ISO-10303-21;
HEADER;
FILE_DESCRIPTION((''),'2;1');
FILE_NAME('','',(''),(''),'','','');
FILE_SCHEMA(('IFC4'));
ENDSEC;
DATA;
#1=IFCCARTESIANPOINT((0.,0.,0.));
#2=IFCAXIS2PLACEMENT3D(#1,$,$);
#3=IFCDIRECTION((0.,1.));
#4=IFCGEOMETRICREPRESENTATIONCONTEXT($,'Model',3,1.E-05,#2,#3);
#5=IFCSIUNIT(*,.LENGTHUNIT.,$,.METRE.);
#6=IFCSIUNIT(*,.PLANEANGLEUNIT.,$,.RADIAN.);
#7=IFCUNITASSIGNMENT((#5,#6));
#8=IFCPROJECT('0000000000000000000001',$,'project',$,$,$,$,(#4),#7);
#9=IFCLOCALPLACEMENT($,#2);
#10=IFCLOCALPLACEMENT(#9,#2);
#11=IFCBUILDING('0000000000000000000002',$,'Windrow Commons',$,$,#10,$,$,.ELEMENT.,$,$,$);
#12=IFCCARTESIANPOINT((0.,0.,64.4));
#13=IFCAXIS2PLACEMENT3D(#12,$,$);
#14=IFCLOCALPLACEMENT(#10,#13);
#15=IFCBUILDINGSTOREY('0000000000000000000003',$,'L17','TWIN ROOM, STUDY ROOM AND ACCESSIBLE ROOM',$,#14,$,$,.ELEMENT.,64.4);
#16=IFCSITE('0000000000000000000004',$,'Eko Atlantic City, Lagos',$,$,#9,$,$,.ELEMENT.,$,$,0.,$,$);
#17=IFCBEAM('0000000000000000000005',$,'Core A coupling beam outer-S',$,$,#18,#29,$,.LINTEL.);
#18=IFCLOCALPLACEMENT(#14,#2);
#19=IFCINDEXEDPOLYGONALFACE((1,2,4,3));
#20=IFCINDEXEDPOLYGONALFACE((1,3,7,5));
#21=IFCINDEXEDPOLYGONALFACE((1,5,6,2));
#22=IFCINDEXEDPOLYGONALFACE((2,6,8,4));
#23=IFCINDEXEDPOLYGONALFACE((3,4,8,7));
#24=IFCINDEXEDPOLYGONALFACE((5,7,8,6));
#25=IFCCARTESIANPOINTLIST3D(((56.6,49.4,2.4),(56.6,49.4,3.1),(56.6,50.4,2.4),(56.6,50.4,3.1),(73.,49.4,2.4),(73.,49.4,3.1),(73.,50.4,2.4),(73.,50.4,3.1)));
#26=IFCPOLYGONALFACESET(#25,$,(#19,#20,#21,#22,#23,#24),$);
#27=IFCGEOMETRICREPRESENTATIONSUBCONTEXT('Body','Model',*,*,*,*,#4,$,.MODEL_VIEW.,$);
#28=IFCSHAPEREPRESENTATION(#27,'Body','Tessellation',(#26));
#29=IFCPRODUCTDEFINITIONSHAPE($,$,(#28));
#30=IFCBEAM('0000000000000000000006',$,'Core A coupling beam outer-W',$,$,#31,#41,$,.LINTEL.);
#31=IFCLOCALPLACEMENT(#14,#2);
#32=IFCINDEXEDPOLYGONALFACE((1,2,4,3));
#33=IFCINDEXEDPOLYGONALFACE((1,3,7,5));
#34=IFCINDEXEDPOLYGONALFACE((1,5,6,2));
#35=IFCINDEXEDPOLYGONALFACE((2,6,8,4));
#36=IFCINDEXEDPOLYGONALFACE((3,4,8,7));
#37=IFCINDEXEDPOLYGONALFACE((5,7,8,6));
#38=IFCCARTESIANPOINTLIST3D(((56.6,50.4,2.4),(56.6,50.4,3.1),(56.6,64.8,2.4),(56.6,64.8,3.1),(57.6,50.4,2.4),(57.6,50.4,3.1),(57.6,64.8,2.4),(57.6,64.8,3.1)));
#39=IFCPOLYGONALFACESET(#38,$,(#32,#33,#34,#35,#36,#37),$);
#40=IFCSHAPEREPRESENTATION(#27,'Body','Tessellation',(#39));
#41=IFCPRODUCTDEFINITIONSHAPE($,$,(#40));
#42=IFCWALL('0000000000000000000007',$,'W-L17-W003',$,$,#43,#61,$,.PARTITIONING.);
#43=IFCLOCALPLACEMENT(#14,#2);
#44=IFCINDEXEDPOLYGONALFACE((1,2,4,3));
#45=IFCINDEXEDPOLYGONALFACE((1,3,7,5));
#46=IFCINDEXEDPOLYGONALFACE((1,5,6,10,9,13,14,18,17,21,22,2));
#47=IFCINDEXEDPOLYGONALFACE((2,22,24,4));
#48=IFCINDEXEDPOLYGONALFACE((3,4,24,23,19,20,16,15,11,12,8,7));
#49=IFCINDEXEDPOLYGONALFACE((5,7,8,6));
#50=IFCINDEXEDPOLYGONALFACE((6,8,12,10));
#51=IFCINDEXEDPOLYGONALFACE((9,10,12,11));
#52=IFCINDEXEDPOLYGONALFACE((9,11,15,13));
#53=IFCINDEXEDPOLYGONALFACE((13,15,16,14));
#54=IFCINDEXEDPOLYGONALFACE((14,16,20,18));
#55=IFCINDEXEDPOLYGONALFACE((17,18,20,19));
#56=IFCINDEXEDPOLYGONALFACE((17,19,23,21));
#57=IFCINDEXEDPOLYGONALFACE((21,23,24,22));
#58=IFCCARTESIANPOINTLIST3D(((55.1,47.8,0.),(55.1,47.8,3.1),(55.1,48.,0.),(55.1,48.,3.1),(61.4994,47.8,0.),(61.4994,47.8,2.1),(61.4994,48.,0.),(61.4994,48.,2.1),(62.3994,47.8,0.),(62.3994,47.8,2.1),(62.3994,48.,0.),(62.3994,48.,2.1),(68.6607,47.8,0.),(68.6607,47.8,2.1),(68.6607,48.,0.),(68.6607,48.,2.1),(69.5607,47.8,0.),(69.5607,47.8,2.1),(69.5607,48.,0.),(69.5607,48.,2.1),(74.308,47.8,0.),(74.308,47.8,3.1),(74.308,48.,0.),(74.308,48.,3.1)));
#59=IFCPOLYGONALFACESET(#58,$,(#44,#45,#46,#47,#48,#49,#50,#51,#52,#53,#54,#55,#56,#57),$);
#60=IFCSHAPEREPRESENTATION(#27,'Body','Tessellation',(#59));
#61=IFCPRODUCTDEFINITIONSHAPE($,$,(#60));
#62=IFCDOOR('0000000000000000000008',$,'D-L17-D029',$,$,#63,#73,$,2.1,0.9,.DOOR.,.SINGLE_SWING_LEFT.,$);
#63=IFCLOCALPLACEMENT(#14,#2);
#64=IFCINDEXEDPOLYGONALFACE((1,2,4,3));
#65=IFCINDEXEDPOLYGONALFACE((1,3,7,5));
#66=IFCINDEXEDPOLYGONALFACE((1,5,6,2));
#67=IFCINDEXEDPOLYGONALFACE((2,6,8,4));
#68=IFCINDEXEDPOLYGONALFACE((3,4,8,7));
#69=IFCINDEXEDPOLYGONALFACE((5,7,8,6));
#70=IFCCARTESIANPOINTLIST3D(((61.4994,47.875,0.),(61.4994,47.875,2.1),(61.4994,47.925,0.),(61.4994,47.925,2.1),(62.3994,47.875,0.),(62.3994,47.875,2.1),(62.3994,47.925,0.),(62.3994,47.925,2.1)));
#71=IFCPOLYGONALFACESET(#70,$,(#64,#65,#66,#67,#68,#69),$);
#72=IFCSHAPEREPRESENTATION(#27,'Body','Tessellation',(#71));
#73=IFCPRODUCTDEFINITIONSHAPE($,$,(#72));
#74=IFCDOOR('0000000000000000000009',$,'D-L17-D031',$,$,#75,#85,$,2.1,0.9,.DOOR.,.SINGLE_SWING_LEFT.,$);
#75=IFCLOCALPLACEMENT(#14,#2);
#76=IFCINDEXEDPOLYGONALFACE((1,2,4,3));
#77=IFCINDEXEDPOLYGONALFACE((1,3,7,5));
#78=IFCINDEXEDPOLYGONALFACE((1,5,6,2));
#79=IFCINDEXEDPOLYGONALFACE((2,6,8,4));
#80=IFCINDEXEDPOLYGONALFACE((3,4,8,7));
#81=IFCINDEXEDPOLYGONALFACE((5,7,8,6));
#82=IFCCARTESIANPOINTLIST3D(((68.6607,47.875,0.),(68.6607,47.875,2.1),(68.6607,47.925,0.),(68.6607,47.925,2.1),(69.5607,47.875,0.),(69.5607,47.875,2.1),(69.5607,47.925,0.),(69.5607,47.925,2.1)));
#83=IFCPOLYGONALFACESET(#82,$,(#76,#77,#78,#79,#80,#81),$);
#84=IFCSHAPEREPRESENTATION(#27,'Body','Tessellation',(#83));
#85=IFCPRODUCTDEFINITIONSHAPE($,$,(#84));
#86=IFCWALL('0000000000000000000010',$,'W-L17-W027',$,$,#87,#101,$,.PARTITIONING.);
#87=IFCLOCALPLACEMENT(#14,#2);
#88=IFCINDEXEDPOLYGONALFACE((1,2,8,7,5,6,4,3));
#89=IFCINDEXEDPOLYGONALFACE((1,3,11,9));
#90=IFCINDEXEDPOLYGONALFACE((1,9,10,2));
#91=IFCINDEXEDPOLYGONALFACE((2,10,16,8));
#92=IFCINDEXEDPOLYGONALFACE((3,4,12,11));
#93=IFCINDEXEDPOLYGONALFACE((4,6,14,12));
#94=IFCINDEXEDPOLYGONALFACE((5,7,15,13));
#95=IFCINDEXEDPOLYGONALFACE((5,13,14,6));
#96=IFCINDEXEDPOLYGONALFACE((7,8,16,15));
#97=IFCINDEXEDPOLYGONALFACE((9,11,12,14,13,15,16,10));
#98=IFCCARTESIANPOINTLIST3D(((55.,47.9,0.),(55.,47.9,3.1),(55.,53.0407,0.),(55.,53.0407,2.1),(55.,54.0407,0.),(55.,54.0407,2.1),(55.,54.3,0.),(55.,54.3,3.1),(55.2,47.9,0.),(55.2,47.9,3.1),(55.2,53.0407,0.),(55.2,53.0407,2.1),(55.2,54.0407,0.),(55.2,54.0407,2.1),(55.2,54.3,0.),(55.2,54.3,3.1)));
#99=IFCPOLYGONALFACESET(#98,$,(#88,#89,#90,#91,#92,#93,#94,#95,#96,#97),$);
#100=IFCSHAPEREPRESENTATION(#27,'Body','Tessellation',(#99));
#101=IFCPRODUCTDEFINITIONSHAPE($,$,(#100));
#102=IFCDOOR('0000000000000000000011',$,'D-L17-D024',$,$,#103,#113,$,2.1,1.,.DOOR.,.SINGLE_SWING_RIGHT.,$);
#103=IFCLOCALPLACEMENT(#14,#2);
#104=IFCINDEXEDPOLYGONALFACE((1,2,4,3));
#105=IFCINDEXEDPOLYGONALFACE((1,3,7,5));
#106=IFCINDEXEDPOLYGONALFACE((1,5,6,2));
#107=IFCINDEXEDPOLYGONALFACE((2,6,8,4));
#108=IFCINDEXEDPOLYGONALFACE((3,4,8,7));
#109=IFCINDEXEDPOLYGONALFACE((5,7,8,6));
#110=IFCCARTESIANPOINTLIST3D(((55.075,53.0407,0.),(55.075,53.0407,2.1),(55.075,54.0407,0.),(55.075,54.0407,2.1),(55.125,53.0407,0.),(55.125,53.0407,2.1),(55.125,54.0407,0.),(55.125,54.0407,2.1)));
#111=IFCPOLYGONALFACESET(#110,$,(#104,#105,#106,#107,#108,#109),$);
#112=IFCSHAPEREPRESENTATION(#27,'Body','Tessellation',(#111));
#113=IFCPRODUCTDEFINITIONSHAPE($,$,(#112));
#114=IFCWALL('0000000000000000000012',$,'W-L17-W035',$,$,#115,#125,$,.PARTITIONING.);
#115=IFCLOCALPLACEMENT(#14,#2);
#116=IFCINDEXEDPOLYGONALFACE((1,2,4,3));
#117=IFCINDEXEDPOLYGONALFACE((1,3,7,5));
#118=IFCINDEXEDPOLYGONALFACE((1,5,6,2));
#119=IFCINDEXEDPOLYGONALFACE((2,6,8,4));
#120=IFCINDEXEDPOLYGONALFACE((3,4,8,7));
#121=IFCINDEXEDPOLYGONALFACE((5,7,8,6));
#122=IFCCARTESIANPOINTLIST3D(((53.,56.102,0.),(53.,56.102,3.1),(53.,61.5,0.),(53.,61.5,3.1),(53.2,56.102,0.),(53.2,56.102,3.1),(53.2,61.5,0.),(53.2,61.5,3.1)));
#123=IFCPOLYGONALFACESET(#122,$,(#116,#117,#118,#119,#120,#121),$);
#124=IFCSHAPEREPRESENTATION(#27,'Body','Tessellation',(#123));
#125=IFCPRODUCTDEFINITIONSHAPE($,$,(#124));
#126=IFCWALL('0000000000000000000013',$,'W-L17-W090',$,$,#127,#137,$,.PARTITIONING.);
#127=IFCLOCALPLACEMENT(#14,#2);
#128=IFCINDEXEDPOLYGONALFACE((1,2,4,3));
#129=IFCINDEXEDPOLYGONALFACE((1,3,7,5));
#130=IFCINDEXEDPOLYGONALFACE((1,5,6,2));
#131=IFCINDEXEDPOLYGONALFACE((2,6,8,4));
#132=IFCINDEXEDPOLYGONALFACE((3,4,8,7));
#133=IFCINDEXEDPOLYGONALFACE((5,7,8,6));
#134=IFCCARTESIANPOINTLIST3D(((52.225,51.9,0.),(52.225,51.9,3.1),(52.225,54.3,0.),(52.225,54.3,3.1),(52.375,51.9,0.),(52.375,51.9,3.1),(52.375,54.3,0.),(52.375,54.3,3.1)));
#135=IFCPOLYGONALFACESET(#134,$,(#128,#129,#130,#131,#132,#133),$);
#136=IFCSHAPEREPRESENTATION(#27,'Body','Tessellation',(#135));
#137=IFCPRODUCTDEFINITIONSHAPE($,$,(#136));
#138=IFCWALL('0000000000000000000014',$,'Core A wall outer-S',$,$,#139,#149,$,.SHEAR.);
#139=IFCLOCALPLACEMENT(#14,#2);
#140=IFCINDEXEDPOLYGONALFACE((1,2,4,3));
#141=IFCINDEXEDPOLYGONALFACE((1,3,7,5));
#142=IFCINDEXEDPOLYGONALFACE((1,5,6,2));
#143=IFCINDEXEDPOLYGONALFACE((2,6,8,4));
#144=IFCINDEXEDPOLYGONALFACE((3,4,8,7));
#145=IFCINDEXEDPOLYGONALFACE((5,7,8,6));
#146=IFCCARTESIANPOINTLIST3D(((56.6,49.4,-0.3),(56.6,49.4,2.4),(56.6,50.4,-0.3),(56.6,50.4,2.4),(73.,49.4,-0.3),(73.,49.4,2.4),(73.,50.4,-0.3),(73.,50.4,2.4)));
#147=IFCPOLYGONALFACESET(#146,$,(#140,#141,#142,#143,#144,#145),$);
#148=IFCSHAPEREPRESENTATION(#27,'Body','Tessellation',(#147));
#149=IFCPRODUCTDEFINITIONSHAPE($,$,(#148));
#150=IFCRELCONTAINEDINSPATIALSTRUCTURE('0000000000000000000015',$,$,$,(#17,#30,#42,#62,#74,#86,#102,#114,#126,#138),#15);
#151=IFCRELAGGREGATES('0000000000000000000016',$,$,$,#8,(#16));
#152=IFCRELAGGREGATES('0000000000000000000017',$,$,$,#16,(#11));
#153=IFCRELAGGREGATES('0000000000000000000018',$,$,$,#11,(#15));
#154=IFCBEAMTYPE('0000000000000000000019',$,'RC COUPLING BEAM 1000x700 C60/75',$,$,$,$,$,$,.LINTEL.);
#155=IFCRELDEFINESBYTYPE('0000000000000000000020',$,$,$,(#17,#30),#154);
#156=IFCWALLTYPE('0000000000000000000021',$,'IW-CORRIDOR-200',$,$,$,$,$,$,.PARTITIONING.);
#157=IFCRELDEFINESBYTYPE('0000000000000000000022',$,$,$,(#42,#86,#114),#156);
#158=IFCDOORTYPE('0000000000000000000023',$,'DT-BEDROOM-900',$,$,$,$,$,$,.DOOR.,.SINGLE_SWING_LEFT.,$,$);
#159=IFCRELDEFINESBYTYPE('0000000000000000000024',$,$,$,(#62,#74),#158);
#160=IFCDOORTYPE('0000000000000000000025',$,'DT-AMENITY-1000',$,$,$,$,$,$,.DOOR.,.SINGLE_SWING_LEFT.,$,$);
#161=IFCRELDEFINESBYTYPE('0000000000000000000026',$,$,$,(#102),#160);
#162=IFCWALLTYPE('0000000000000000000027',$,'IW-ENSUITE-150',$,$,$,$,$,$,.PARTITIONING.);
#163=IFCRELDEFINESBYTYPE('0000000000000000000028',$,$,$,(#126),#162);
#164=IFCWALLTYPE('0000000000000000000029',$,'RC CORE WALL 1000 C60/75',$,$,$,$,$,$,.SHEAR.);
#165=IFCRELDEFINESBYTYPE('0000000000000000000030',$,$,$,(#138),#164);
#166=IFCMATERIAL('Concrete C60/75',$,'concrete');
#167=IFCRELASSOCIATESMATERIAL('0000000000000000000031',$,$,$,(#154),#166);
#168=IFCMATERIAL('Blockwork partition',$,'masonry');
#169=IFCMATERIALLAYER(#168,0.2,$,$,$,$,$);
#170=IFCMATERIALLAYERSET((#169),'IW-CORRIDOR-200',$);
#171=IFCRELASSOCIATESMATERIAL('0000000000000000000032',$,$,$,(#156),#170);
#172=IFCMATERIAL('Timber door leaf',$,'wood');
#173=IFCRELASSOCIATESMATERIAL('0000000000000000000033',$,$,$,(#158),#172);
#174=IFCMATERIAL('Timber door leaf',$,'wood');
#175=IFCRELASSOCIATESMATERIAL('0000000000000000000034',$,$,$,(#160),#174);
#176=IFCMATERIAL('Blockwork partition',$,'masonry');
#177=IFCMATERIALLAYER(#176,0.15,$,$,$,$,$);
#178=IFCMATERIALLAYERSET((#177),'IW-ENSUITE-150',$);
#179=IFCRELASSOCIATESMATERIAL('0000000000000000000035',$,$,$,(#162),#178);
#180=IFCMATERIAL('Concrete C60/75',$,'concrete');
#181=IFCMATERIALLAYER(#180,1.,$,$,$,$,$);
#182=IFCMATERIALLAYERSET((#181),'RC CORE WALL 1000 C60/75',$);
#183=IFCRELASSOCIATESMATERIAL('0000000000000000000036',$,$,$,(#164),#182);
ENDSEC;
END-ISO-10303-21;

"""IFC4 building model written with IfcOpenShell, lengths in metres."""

from ifc_helpers import new_model, si_unit, direction, frame, frame_2d, origin, origin_2d, place, context, subcontext, project, spatial, rectangle, extrude, material, layer, layer_set, material_profile, profile_set, type_object, element, fill, save


model = new_model("IFC4")

# Units and contexts
model_context = context("Model", 3, precision=1e-05, world=origin(), true_north=direction((0.0, 1.0)))
body_context = subcontext(model_context, "Body", "Model", "MODEL_VIEW")
ifc_project = project(units=[si_unit("LENGTHUNIT", "METRE"), si_unit("PLANEANGLEUNIT", "RADIAN")], contexts=[model_context])

# Site, building, storey
site_placement = place(None, origin())
site = spatial("IfcSite", under=ifc_project, at=site_placement, Name="Eko Atlantic City, Lagos", CompositionType="ELEMENT", RefElevation=0.0)
building_placement = place(site_placement, origin())
building = spatial("IfcBuilding", under=site, at=building_placement, Name="Windrow Commons", CompositionType="ELEMENT")
storey_placement = place(building_placement, frame((0.0, 0.0, 64.4)))
storey = spatial("IfcBuildingStorey", under=building, at=storey_placement, Name="L17", Description="TWIN ROOM, STUDY ROOM AND ACCESSIBLE ROOM", CompositionType="ELEMENT", Elevation=64.4)

# Beams
ifc_material_1 = material(Name="Concrete C60/75", Category="concrete")
ifc_material_profile = material_profile(ifc_material_1, rectangle(XDim=1.0, YDim=0.7, at=origin_2d()))
ifc_profile_set = profile_set([ifc_material_profile], Name="Concrete C60/75")
beam_type = type_object("IfcBeamType", Name="RC COUPLING BEAM 1000x700 C60/75", PredefinedType="LINTEL", material=ifc_profile_set)
beam_1_placement = place(storey_placement, frame((56.6, 49.9, 2.75), z_axis=(1.0, 0.0, 0.0), x_axis=(0.0, 1.0, 0.0)))
element("IfcBeam", 1, at=beam_1_placement, inside=storey, type_object=beam_type, Name="Core A coupling beam outer-S", PredefinedType="LINTEL", context=body_context, shape_type="SweptSolid", body=[
    extrude(rectangle(XDim=1.0, YDim=0.7, at=origin_2d()), origin(), (0.0, 0.0, 1.0), 16.4),
])
beam_2_placement = place(storey_placement, frame((57.1, 50.4, 2.75), z_axis=(0.0, 1.0, 0.0), x_axis=(-1.0, 0.0, 0.0)))
element("IfcBeam", 2, at=beam_2_placement, inside=storey, type_object=beam_type, Name="Core A coupling beam outer-W", PredefinedType="LINTEL", context=body_context, shape_type="SweptSolid", body=[
    extrude(rectangle(XDim=1.0, YDim=0.7, at=origin_2d()), origin(), (0.0, 0.0, 1.0), 14.4),
])

# Wall, openings, doors
ifc_material_2 = material(Name="Blockwork partition", Category="masonry")
ifc_layer_1 = layer(ifc_material_2, 0.2)
ifc_layer_set_1 = layer_set([ifc_layer_1], Name="IW-CORRIDOR-200")
wall_type_1 = type_object("IfcWallType", Name="IW-CORRIDOR-200", PredefinedType="PARTITIONING", material=ifc_layer_set_1)
wall_1_placement = place(storey_placement, frame((55.1, 47.9, 0.0), z_axis=(0.0, 0.0, 1.0), x_axis=(1.0, 0.0, 0.0)))
wall_1 = element("IfcWall", 3, at=wall_1_placement, inside=storey, type_object=wall_type_1, Name="W-L17-W003", PredefinedType="PARTITIONING", context=body_context, shape_type="SweptSolid", body=[
    extrude(rectangle(XDim=19.208, YDim=0.2, at=frame_2d((9.604, 0.0))), origin(), (0.0, 0.0, 1.0), 3.1),
])
opening_1_placement = place(wall_1_placement, frame((6.3994, 0.0, 0.0)))
opening_1 = element("IfcOpeningElement", 4, at=opening_1_placement, cuts=wall_1, PredefinedType="OPENING", context=body_context, shape_type="SweptSolid", body=[
    extrude(rectangle(XDim=0.9, YDim=2.1, at=frame_2d((0.45, 1.05))), frame((0.0, 0.11, 0.0), z_axis=(0.0, -1.0, 0.0), x_axis=(1.0, 0.0, 0.0)), (0.0, 0.0, 1.0), 0.22),
])
opening_2_placement = place(wall_1_placement, frame((13.5607, 0.0, 0.0)))
opening_2 = element("IfcOpeningElement", 5, at=opening_2_placement, cuts=wall_1, PredefinedType="OPENING", context=body_context, shape_type="SweptSolid", body=[
    extrude(rectangle(XDim=0.9, YDim=2.1, at=frame_2d((0.45, 1.05))), frame((0.0, 0.11, 0.0), z_axis=(0.0, -1.0, 0.0), x_axis=(1.0, 0.0, 0.0)), (0.0, 0.0, 1.0), 0.22),
])
ifc_material_3 = material(Name="Timber door leaf", Category="wood")
door_type_1 = type_object("IfcDoorType", Name="DT-BEDROOM-900", OperationType="SINGLE_SWING_LEFT", PredefinedType="DOOR", material=ifc_material_3)
door_1_placement = place(opening_1_placement, origin())
door_1 = element("IfcDoor", 6, at=door_1_placement, inside=storey, type_object=door_type_1, Name="D-L17-D029", OperationType="SINGLE_SWING_LEFT", OverallHeight=2.1, OverallWidth=0.9, PredefinedType="DOOR", context=body_context, shape_type="SweptSolid", body=[
    extrude(rectangle(XDim=0.9, YDim=2.1, at=frame_2d((0.45, 1.05))), frame((0.0, 0.025, 0.0), z_axis=(0.0, -1.0, 0.0), x_axis=(1.0, 0.0, 0.0)), (0.0, 0.0, 1.0), 0.05),
])
fill(opening_1, door_1)
door_2_placement = place(opening_2_placement, origin())
door_2 = element("IfcDoor", 7, at=door_2_placement, inside=storey, type_object=door_type_1, Name="D-L17-D031", OperationType="SINGLE_SWING_LEFT", OverallHeight=2.1, OverallWidth=0.9, PredefinedType="DOOR", context=body_context, shape_type="SweptSolid", body=[
    extrude(rectangle(XDim=0.9, YDim=2.1, at=frame_2d((0.45, 1.05))), frame((0.0, 0.025, 0.0), z_axis=(0.0, -1.0, 0.0), x_axis=(1.0, 0.0, 0.0)), (0.0, 0.0, 1.0), 0.05),
])
fill(opening_2, door_2)

# Wall, opening, door
wall_2_placement = place(storey_placement, frame((55.1, 47.9, 0.0), z_axis=(0.0, 0.0, 1.0), x_axis=(0.0, 1.0, 0.0)))
wall_2 = element("IfcWall", 8, at=wall_2_placement, inside=storey, type_object=wall_type_1, Name="W-L17-W027", PredefinedType="PARTITIONING", context=body_context, shape_type="SweptSolid", body=[
    extrude(rectangle(XDim=6.4, YDim=0.2, at=frame_2d((3.2, 0.0))), origin(), (0.0, 0.0, 1.0), 3.1),
])
opening_3_placement = place(wall_2_placement, frame((5.1407, 0.0, 0.0)))
opening_3 = element("IfcOpeningElement", 9, at=opening_3_placement, cuts=wall_2, PredefinedType="OPENING", context=body_context, shape_type="SweptSolid", body=[
    extrude(rectangle(XDim=1.0, YDim=2.1, at=frame_2d((0.5, 1.05))), frame((0.0, 0.11, 0.0), z_axis=(0.0, -1.0, 0.0), x_axis=(1.0, 0.0, 0.0)), (0.0, 0.0, 1.0), 0.22),
])
ifc_material_4 = material(Name="Timber door leaf", Category="wood")
door_type_2 = type_object("IfcDoorType", Name="DT-AMENITY-1000", OperationType="SINGLE_SWING_LEFT", PredefinedType="DOOR", material=ifc_material_4)
door_3_placement = place(opening_3_placement, origin())
door_3 = element("IfcDoor", 10, at=door_3_placement, inside=storey, type_object=door_type_2, Name="D-L17-D024", OperationType="SINGLE_SWING_RIGHT", OverallHeight=2.1, OverallWidth=1.0, PredefinedType="DOOR", context=body_context, shape_type="SweptSolid", body=[
    extrude(rectangle(XDim=1.0, YDim=2.1, at=frame_2d((0.5, 1.05))), frame((0.0, 0.025, 0.0), z_axis=(0.0, -1.0, 0.0), x_axis=(1.0, 0.0, 0.0)), (0.0, 0.0, 1.0), 0.05),
])
fill(opening_3, door_3)

# Walls
wall_3_placement = place(storey_placement, frame((53.1, 56.102, 0.0), z_axis=(0.0, 0.0, 1.0), x_axis=(0.0, 1.0, 0.0)))
element("IfcWall", 11, at=wall_3_placement, inside=storey, type_object=wall_type_1, Name="W-L17-W035", PredefinedType="PARTITIONING", context=body_context, shape_type="SweptSolid", body=[
    extrude(rectangle(XDim=5.398, YDim=0.2, at=frame_2d((2.699, 0.0))), origin(), (0.0, 0.0, 1.0), 3.1),
])
ifc_material_5 = material(Name="Blockwork partition", Category="masonry")
ifc_layer_2 = layer(ifc_material_5, 0.15)
ifc_layer_set_2 = layer_set([ifc_layer_2], Name="IW-ENSUITE-150")
wall_type_2 = type_object("IfcWallType", Name="IW-ENSUITE-150", PredefinedType="PARTITIONING", material=ifc_layer_set_2)
wall_4_placement = place(storey_placement, frame((52.3, 51.9, 0.0), z_axis=(0.0, 0.0, 1.0), x_axis=(0.0, 1.0, 0.0)))
element("IfcWall", 12, at=wall_4_placement, inside=storey, type_object=wall_type_2, Name="W-L17-W090", PredefinedType="PARTITIONING", context=body_context, shape_type="SweptSolid", body=[
    extrude(rectangle(XDim=2.4, YDim=0.15, at=frame_2d((1.2, 0.0))), origin(), (0.0, 0.0, 1.0), 3.1),
])
ifc_material_6 = material(Name="Concrete C60/75", Category="concrete")
ifc_layer_3 = layer(ifc_material_6, 1.0)
ifc_layer_set_3 = layer_set([ifc_layer_3], Name="RC CORE WALL 1000 C60/75")
wall_type_3 = type_object("IfcWallType", Name="RC CORE WALL 1000 C60/75", PredefinedType="SHEAR", material=ifc_layer_set_3)
wall_5_placement = place(storey_placement, frame((56.6, 49.9, -0.3), z_axis=(0.0, 0.0, 1.0), x_axis=(1.0, 0.0, 0.0)))
element("IfcWall", 13, at=wall_5_placement, inside=storey, type_object=wall_type_3, Name="Core A wall outer-S", PredefinedType="SHEAR", context=body_context, shape_type="SweptSolid", body=[
    extrude(rectangle(XDim=16.4, YDim=1.0, at=frame_2d((8.2, 0.0))), origin(), (0.0, 0.0, 1.0), 2.7),
])

save(model, "model.ifc")
